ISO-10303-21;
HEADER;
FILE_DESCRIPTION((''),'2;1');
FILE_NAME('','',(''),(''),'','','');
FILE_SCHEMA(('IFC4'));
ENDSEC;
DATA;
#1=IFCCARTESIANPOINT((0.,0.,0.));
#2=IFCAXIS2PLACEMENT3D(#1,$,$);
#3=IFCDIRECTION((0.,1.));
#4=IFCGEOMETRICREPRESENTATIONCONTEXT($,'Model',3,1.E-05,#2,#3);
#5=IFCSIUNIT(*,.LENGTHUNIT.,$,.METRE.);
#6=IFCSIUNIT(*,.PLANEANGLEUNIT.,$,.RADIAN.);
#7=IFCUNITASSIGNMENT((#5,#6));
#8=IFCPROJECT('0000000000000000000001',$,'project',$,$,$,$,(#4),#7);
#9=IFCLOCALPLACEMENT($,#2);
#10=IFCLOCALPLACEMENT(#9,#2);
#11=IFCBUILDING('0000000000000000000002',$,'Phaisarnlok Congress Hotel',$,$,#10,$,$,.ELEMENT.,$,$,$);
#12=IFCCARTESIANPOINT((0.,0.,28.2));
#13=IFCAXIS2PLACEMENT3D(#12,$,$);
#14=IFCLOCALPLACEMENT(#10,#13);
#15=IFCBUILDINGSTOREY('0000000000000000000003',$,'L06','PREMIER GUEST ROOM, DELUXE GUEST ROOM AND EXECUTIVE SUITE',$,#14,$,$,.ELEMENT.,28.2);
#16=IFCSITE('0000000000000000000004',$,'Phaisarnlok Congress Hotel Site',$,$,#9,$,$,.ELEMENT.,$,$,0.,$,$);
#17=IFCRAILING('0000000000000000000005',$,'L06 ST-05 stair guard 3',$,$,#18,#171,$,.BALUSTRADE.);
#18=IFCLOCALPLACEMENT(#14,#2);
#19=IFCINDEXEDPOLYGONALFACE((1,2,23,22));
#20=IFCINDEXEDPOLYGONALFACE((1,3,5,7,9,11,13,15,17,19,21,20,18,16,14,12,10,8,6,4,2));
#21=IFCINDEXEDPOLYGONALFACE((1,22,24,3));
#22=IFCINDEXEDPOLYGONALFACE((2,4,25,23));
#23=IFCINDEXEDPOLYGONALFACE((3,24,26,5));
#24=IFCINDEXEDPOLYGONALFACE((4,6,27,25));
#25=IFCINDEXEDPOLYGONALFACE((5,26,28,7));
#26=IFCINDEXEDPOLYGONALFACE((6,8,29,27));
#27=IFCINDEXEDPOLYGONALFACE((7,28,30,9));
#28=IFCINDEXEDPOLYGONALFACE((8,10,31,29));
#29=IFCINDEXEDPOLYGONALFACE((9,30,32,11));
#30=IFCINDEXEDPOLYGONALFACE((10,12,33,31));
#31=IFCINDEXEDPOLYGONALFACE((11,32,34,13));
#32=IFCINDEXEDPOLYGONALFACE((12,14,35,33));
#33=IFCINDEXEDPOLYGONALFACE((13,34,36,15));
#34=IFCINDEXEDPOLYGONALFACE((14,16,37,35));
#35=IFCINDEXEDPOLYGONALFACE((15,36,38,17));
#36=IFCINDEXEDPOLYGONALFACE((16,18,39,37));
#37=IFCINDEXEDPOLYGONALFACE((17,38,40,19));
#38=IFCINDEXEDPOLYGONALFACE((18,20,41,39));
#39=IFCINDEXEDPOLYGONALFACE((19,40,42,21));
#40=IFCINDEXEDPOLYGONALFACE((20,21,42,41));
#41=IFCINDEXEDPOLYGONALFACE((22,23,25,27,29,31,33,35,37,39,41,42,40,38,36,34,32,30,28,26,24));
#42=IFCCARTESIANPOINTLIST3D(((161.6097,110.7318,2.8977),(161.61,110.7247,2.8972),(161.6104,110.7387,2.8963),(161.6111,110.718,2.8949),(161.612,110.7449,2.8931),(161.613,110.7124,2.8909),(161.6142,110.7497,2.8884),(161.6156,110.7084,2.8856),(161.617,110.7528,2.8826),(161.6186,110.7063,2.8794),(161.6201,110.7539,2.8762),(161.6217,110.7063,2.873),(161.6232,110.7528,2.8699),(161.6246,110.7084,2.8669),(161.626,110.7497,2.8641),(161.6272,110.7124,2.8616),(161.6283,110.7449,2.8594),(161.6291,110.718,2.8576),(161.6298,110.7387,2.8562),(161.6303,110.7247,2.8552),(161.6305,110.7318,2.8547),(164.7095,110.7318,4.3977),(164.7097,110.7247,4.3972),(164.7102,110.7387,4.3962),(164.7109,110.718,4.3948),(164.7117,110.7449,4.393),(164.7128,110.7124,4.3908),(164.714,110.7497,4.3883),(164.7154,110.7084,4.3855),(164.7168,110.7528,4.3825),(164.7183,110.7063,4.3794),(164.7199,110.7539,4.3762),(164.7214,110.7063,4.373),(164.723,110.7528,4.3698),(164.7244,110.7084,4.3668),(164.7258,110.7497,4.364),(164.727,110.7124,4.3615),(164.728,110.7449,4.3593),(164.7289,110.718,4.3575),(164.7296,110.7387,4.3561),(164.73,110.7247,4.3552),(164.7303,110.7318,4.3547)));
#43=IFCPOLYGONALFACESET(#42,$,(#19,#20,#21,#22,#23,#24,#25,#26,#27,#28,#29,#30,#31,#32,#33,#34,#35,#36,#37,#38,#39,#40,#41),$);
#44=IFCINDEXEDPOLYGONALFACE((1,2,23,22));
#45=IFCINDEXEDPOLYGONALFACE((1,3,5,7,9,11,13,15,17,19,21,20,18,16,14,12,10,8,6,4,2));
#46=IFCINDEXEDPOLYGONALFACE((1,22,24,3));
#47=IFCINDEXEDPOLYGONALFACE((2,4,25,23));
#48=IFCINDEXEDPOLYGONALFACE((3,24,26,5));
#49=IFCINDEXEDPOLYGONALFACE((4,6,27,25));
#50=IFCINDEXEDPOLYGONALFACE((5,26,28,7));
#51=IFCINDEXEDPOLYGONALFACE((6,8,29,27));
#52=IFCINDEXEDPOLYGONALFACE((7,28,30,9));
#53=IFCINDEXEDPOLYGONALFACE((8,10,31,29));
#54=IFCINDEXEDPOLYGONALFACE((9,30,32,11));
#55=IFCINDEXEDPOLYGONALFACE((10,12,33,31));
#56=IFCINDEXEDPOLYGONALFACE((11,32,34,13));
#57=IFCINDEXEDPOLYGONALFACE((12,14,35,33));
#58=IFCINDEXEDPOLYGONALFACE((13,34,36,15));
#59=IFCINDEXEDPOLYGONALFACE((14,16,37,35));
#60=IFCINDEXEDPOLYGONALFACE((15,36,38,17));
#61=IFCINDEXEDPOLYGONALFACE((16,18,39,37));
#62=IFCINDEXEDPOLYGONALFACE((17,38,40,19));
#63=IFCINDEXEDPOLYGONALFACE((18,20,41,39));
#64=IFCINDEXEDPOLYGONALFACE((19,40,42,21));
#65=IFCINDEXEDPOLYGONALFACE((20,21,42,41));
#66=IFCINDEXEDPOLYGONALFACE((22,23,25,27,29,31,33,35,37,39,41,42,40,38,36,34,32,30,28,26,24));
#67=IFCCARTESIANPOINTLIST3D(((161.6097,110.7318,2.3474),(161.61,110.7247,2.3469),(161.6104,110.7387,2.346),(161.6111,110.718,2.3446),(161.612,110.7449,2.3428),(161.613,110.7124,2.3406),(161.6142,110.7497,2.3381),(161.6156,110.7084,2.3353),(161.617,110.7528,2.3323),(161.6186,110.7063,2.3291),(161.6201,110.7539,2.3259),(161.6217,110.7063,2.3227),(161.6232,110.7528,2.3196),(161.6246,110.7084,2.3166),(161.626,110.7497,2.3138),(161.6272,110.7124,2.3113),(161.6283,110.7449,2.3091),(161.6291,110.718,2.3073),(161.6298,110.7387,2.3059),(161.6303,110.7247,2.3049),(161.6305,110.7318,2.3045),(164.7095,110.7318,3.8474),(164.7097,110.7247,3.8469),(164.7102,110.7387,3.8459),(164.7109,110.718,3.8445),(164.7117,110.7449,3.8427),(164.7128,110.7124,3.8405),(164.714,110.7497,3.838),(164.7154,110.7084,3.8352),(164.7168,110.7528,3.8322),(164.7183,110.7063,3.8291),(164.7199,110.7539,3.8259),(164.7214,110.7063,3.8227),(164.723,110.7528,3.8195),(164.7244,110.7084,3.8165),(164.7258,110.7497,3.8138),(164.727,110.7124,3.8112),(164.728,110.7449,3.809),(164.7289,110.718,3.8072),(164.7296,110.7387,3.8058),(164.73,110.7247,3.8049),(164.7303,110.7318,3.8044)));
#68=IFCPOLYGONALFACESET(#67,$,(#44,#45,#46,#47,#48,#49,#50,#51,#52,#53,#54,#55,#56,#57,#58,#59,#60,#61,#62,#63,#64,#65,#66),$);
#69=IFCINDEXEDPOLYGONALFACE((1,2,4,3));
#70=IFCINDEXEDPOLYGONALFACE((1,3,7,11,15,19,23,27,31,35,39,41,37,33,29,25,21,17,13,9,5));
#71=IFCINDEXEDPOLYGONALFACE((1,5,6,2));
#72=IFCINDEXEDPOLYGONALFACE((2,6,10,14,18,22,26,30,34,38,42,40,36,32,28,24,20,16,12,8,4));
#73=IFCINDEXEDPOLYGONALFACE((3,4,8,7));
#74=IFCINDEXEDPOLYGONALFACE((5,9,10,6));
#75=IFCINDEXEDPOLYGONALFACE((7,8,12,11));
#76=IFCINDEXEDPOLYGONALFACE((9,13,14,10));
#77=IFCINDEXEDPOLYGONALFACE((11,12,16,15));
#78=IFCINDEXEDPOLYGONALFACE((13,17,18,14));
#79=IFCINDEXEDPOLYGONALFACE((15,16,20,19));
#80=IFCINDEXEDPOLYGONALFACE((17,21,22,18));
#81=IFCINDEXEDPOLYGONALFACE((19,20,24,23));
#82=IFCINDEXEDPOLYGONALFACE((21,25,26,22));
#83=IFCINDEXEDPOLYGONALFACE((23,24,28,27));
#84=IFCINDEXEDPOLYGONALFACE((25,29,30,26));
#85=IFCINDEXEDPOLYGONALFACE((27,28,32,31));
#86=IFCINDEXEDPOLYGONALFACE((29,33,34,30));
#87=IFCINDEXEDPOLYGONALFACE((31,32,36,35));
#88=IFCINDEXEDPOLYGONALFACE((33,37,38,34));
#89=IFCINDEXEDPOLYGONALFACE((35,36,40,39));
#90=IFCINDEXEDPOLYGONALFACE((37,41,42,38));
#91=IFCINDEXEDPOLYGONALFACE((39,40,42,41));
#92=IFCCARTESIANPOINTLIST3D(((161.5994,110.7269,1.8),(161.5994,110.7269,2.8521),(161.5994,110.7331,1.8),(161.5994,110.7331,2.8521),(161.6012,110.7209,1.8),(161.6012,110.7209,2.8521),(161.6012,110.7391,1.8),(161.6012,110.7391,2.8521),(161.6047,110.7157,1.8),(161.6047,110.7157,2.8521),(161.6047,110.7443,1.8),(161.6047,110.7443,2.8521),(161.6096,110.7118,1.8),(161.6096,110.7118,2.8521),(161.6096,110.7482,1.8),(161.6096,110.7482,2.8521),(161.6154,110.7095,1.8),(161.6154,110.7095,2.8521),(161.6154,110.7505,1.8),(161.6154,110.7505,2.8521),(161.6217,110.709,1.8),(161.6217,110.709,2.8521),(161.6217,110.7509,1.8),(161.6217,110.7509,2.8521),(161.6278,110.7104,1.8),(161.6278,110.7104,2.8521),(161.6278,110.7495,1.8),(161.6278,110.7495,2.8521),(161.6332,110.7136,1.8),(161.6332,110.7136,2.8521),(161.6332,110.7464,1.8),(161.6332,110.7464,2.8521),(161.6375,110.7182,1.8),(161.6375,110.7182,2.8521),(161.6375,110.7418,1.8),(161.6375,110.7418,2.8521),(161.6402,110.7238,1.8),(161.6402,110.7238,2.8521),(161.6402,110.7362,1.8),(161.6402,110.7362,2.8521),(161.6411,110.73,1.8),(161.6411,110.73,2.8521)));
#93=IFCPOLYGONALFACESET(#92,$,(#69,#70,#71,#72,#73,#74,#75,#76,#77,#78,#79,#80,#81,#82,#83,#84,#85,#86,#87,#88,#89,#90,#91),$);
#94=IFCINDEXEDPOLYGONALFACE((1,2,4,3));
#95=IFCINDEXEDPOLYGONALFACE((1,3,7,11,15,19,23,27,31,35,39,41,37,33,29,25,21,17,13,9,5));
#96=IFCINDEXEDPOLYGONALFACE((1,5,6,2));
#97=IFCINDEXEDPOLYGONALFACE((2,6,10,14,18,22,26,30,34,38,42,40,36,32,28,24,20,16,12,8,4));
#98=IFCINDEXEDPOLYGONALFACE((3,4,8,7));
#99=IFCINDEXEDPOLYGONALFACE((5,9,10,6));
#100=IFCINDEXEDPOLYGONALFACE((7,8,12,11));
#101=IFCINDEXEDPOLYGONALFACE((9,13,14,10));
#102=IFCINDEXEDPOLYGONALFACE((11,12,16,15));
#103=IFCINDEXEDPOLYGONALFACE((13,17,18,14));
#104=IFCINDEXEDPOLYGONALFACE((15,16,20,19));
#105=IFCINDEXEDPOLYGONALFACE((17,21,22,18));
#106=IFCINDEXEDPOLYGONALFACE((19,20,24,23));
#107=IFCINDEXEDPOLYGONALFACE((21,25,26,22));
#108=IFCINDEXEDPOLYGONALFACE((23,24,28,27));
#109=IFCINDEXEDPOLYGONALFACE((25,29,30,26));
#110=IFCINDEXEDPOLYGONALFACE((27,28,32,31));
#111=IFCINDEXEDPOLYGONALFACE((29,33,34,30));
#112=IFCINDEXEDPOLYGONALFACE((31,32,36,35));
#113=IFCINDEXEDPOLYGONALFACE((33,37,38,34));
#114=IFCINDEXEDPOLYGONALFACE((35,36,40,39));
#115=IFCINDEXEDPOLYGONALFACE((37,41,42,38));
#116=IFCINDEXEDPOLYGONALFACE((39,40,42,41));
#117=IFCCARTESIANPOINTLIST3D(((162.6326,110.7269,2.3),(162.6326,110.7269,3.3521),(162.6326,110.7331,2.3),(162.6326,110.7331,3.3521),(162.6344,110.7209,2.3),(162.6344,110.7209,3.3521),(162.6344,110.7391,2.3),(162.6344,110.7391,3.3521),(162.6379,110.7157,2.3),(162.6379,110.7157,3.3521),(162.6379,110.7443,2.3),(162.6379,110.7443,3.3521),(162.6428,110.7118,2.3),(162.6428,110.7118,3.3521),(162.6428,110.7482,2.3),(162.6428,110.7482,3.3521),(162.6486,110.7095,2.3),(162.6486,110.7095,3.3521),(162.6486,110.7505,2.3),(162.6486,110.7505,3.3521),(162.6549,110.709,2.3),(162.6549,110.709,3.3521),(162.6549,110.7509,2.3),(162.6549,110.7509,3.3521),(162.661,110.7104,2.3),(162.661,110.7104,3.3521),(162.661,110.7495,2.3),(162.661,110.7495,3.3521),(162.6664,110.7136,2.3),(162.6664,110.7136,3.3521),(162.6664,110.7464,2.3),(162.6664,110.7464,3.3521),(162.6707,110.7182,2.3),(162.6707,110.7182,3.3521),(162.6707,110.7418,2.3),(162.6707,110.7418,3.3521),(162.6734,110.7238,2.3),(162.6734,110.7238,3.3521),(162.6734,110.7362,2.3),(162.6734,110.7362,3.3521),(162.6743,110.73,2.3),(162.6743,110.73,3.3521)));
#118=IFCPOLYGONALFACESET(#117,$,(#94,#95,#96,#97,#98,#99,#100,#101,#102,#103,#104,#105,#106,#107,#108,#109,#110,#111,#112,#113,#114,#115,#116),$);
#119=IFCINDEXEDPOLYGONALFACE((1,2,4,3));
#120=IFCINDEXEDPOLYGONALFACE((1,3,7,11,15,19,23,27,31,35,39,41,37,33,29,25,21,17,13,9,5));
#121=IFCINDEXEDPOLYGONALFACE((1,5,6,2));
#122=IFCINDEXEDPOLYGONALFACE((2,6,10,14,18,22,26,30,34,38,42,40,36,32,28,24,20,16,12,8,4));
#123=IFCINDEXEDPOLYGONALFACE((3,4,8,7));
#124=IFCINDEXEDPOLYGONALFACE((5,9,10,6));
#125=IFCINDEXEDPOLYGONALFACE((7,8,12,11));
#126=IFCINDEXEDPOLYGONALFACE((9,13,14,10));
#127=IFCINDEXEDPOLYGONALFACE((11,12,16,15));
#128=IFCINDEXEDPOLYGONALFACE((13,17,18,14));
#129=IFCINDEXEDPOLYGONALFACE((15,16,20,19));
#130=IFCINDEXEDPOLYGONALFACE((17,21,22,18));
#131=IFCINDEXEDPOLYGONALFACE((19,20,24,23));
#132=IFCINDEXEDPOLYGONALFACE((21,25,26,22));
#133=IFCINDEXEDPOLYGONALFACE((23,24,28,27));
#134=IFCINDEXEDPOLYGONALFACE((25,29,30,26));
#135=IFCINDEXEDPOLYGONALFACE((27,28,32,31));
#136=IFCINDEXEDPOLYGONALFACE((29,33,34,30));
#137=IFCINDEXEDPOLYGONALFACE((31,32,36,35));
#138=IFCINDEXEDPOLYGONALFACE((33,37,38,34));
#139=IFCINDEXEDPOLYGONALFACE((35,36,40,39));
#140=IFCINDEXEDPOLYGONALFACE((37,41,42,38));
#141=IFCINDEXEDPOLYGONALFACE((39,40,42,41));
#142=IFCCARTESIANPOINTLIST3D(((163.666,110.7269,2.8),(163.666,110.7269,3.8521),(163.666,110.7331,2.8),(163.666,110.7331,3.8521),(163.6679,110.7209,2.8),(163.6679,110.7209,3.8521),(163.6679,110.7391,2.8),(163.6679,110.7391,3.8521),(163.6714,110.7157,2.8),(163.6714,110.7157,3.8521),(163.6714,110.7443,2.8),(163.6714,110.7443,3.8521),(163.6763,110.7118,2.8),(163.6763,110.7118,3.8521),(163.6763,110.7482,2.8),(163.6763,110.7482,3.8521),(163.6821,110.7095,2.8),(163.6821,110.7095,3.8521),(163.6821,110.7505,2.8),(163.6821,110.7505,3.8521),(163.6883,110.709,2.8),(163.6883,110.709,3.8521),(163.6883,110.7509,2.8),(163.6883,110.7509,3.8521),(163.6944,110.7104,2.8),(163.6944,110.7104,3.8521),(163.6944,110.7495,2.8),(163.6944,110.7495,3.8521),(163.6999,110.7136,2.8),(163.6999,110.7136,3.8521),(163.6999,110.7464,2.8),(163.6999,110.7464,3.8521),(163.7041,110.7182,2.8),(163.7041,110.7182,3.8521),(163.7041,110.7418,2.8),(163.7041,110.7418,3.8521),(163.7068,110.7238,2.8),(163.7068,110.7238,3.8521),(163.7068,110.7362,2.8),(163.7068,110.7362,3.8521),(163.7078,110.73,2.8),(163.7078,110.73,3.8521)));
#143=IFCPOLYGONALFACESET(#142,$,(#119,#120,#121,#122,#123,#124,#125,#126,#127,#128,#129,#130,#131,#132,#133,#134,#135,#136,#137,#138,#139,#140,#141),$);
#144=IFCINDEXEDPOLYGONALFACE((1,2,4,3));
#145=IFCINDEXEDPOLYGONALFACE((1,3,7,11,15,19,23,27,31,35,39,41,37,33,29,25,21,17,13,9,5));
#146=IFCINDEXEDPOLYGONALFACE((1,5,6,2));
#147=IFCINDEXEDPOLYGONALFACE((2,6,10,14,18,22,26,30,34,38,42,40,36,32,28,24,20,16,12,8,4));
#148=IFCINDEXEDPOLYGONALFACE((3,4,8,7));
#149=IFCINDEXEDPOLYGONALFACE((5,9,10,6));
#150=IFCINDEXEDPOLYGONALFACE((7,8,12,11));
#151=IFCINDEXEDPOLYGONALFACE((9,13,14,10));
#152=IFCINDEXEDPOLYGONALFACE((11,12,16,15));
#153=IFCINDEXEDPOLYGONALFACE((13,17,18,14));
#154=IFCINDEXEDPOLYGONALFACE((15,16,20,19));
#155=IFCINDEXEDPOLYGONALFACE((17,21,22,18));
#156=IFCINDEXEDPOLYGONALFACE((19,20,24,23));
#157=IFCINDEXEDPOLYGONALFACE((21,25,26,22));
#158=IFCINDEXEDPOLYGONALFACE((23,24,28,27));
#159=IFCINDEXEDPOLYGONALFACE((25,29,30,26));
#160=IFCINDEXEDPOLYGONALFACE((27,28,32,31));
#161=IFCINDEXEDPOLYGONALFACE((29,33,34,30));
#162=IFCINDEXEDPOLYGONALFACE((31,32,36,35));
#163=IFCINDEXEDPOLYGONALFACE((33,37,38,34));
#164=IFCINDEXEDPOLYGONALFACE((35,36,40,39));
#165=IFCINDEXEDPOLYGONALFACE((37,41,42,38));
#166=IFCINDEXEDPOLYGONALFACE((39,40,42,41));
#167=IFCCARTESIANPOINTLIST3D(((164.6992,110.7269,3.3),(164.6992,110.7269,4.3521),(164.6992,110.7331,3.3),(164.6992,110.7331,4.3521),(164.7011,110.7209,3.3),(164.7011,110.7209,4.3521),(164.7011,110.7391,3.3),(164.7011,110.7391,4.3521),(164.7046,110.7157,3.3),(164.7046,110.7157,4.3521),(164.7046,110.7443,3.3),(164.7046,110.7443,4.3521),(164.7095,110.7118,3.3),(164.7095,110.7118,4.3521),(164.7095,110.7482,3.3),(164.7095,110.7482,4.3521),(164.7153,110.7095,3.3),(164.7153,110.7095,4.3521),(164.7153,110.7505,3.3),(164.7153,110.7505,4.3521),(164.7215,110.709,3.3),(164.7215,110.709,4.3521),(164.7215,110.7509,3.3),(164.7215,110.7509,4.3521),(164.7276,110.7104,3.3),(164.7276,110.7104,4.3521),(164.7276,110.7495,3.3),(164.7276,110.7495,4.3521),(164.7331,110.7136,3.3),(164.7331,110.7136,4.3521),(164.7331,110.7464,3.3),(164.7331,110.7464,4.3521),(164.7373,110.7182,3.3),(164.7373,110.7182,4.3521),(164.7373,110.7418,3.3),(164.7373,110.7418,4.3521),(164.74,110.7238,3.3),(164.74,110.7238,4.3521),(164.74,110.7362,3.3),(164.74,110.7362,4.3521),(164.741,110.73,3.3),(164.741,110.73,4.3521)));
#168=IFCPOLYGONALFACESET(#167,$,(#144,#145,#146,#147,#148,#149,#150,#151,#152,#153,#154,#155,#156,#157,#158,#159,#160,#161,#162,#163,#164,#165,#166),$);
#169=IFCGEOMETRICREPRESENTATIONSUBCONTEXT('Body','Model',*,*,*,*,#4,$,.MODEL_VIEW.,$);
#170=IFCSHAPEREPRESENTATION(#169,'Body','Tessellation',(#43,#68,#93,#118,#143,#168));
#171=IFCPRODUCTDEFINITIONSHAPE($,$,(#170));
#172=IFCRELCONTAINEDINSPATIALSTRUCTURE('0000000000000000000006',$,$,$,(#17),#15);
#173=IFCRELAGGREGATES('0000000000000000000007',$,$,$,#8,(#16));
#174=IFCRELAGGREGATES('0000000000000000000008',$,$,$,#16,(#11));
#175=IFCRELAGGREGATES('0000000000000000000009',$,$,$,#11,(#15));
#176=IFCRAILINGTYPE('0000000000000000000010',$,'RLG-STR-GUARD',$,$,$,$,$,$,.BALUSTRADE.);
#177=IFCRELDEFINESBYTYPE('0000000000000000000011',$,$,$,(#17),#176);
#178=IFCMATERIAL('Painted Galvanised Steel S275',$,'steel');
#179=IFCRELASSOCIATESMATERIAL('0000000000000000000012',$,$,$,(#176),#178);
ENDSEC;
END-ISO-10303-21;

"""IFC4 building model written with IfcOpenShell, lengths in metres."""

from ifc_helpers import new_model, si_unit, direction, frame, origin, origin_2d, place, context, subcontext, project, spatial, circle, extrude, material, type_object, element, save


model = new_model("IFC4")

# Units and contexts
model_context = context("Model", 3, precision=1e-05, world=origin(), true_north=direction((0.0, 1.0)))
body_context = subcontext(model_context, "Body", "Model", "MODEL_VIEW")
ifc_project = project(units=[si_unit("LENGTHUNIT", "METRE"), si_unit("PLANEANGLEUNIT", "RADIAN")], contexts=[model_context])

# Site, building, storey
site_placement = place(None, origin())
site = spatial("IfcSite", under=ifc_project, at=site_placement, Name="Phaisarnlok Congress Hotel Site", CompositionType="ELEMENT", RefElevation=0.0)
building_placement = place(site_placement, origin())
building = spatial("IfcBuilding", under=site, at=building_placement, Name="Phaisarnlok Congress Hotel", CompositionType="ELEMENT")
storey_placement = place(building_placement, frame((0.0, 0.0, 28.2)))
storey = spatial("IfcBuildingStorey", under=building, at=storey_placement, Name="L06", Description="PREMIER GUEST ROOM, DELUXE GUEST ROOM AND EXECUTIVE SUITE", CompositionType="ELEMENT", Elevation=28.2)

# Railing
ifc_material_1 = material(Name="Painted Galvanised Steel S275", Category="steel")
railing_type_1 = type_object("IfcRailingType", Name="RLG-STR-GUARD", PredefinedType="BALUSTRADE", material=ifc_material_1)
railing_1_placement = place(storey_placement, frame((161.6201, 110.73, 1.8)))
element("IfcRailing", 1, at=railing_1_placement, inside=storey, type_object=railing_type_1, Name="L06 ST-05 stair guard 3", PredefinedType="BALUSTRADE", context=body_context, shape_type="SweptSolid", body=[
    extrude(circle(Radius=0.0239, at=origin_2d()), frame((0.0, 0.0, 1.0762), z_axis=(0.900151, 0.0, 0.435578), x_axis=(0.0, 1.0, 0.0)), (0.0, 0.0, 1.0), 3.4436),
    extrude(circle(Radius=0.0239, at=origin_2d()), frame((0.0, 0.0, 0.5259), z_axis=(0.900151, 0.0, 0.435578), x_axis=(0.0, 1.0, 0.0)), (0.0, 0.0, 1.0), 3.4436),
    extrude(circle(Radius=0.021, at=origin_2d()), origin(), (0.0, 0.0, 1.0), 1.052),
    extrude(circle(Radius=0.021, at=origin_2d()), frame((1.0332, 0.0, 0.5)), (0.0, 0.0, 1.0), 1.052),
    extrude(circle(Radius=0.021, at=origin_2d()), frame((2.0667, 0.0, 1.0)), (0.0, 0.0, 1.0), 1.052),
    extrude(circle(Radius=0.021, at=origin_2d()), frame((3.0999, 0.0, 1.5)), (0.0, 0.0, 1.0), 1.052),
])

save(model, "model.ifc")
